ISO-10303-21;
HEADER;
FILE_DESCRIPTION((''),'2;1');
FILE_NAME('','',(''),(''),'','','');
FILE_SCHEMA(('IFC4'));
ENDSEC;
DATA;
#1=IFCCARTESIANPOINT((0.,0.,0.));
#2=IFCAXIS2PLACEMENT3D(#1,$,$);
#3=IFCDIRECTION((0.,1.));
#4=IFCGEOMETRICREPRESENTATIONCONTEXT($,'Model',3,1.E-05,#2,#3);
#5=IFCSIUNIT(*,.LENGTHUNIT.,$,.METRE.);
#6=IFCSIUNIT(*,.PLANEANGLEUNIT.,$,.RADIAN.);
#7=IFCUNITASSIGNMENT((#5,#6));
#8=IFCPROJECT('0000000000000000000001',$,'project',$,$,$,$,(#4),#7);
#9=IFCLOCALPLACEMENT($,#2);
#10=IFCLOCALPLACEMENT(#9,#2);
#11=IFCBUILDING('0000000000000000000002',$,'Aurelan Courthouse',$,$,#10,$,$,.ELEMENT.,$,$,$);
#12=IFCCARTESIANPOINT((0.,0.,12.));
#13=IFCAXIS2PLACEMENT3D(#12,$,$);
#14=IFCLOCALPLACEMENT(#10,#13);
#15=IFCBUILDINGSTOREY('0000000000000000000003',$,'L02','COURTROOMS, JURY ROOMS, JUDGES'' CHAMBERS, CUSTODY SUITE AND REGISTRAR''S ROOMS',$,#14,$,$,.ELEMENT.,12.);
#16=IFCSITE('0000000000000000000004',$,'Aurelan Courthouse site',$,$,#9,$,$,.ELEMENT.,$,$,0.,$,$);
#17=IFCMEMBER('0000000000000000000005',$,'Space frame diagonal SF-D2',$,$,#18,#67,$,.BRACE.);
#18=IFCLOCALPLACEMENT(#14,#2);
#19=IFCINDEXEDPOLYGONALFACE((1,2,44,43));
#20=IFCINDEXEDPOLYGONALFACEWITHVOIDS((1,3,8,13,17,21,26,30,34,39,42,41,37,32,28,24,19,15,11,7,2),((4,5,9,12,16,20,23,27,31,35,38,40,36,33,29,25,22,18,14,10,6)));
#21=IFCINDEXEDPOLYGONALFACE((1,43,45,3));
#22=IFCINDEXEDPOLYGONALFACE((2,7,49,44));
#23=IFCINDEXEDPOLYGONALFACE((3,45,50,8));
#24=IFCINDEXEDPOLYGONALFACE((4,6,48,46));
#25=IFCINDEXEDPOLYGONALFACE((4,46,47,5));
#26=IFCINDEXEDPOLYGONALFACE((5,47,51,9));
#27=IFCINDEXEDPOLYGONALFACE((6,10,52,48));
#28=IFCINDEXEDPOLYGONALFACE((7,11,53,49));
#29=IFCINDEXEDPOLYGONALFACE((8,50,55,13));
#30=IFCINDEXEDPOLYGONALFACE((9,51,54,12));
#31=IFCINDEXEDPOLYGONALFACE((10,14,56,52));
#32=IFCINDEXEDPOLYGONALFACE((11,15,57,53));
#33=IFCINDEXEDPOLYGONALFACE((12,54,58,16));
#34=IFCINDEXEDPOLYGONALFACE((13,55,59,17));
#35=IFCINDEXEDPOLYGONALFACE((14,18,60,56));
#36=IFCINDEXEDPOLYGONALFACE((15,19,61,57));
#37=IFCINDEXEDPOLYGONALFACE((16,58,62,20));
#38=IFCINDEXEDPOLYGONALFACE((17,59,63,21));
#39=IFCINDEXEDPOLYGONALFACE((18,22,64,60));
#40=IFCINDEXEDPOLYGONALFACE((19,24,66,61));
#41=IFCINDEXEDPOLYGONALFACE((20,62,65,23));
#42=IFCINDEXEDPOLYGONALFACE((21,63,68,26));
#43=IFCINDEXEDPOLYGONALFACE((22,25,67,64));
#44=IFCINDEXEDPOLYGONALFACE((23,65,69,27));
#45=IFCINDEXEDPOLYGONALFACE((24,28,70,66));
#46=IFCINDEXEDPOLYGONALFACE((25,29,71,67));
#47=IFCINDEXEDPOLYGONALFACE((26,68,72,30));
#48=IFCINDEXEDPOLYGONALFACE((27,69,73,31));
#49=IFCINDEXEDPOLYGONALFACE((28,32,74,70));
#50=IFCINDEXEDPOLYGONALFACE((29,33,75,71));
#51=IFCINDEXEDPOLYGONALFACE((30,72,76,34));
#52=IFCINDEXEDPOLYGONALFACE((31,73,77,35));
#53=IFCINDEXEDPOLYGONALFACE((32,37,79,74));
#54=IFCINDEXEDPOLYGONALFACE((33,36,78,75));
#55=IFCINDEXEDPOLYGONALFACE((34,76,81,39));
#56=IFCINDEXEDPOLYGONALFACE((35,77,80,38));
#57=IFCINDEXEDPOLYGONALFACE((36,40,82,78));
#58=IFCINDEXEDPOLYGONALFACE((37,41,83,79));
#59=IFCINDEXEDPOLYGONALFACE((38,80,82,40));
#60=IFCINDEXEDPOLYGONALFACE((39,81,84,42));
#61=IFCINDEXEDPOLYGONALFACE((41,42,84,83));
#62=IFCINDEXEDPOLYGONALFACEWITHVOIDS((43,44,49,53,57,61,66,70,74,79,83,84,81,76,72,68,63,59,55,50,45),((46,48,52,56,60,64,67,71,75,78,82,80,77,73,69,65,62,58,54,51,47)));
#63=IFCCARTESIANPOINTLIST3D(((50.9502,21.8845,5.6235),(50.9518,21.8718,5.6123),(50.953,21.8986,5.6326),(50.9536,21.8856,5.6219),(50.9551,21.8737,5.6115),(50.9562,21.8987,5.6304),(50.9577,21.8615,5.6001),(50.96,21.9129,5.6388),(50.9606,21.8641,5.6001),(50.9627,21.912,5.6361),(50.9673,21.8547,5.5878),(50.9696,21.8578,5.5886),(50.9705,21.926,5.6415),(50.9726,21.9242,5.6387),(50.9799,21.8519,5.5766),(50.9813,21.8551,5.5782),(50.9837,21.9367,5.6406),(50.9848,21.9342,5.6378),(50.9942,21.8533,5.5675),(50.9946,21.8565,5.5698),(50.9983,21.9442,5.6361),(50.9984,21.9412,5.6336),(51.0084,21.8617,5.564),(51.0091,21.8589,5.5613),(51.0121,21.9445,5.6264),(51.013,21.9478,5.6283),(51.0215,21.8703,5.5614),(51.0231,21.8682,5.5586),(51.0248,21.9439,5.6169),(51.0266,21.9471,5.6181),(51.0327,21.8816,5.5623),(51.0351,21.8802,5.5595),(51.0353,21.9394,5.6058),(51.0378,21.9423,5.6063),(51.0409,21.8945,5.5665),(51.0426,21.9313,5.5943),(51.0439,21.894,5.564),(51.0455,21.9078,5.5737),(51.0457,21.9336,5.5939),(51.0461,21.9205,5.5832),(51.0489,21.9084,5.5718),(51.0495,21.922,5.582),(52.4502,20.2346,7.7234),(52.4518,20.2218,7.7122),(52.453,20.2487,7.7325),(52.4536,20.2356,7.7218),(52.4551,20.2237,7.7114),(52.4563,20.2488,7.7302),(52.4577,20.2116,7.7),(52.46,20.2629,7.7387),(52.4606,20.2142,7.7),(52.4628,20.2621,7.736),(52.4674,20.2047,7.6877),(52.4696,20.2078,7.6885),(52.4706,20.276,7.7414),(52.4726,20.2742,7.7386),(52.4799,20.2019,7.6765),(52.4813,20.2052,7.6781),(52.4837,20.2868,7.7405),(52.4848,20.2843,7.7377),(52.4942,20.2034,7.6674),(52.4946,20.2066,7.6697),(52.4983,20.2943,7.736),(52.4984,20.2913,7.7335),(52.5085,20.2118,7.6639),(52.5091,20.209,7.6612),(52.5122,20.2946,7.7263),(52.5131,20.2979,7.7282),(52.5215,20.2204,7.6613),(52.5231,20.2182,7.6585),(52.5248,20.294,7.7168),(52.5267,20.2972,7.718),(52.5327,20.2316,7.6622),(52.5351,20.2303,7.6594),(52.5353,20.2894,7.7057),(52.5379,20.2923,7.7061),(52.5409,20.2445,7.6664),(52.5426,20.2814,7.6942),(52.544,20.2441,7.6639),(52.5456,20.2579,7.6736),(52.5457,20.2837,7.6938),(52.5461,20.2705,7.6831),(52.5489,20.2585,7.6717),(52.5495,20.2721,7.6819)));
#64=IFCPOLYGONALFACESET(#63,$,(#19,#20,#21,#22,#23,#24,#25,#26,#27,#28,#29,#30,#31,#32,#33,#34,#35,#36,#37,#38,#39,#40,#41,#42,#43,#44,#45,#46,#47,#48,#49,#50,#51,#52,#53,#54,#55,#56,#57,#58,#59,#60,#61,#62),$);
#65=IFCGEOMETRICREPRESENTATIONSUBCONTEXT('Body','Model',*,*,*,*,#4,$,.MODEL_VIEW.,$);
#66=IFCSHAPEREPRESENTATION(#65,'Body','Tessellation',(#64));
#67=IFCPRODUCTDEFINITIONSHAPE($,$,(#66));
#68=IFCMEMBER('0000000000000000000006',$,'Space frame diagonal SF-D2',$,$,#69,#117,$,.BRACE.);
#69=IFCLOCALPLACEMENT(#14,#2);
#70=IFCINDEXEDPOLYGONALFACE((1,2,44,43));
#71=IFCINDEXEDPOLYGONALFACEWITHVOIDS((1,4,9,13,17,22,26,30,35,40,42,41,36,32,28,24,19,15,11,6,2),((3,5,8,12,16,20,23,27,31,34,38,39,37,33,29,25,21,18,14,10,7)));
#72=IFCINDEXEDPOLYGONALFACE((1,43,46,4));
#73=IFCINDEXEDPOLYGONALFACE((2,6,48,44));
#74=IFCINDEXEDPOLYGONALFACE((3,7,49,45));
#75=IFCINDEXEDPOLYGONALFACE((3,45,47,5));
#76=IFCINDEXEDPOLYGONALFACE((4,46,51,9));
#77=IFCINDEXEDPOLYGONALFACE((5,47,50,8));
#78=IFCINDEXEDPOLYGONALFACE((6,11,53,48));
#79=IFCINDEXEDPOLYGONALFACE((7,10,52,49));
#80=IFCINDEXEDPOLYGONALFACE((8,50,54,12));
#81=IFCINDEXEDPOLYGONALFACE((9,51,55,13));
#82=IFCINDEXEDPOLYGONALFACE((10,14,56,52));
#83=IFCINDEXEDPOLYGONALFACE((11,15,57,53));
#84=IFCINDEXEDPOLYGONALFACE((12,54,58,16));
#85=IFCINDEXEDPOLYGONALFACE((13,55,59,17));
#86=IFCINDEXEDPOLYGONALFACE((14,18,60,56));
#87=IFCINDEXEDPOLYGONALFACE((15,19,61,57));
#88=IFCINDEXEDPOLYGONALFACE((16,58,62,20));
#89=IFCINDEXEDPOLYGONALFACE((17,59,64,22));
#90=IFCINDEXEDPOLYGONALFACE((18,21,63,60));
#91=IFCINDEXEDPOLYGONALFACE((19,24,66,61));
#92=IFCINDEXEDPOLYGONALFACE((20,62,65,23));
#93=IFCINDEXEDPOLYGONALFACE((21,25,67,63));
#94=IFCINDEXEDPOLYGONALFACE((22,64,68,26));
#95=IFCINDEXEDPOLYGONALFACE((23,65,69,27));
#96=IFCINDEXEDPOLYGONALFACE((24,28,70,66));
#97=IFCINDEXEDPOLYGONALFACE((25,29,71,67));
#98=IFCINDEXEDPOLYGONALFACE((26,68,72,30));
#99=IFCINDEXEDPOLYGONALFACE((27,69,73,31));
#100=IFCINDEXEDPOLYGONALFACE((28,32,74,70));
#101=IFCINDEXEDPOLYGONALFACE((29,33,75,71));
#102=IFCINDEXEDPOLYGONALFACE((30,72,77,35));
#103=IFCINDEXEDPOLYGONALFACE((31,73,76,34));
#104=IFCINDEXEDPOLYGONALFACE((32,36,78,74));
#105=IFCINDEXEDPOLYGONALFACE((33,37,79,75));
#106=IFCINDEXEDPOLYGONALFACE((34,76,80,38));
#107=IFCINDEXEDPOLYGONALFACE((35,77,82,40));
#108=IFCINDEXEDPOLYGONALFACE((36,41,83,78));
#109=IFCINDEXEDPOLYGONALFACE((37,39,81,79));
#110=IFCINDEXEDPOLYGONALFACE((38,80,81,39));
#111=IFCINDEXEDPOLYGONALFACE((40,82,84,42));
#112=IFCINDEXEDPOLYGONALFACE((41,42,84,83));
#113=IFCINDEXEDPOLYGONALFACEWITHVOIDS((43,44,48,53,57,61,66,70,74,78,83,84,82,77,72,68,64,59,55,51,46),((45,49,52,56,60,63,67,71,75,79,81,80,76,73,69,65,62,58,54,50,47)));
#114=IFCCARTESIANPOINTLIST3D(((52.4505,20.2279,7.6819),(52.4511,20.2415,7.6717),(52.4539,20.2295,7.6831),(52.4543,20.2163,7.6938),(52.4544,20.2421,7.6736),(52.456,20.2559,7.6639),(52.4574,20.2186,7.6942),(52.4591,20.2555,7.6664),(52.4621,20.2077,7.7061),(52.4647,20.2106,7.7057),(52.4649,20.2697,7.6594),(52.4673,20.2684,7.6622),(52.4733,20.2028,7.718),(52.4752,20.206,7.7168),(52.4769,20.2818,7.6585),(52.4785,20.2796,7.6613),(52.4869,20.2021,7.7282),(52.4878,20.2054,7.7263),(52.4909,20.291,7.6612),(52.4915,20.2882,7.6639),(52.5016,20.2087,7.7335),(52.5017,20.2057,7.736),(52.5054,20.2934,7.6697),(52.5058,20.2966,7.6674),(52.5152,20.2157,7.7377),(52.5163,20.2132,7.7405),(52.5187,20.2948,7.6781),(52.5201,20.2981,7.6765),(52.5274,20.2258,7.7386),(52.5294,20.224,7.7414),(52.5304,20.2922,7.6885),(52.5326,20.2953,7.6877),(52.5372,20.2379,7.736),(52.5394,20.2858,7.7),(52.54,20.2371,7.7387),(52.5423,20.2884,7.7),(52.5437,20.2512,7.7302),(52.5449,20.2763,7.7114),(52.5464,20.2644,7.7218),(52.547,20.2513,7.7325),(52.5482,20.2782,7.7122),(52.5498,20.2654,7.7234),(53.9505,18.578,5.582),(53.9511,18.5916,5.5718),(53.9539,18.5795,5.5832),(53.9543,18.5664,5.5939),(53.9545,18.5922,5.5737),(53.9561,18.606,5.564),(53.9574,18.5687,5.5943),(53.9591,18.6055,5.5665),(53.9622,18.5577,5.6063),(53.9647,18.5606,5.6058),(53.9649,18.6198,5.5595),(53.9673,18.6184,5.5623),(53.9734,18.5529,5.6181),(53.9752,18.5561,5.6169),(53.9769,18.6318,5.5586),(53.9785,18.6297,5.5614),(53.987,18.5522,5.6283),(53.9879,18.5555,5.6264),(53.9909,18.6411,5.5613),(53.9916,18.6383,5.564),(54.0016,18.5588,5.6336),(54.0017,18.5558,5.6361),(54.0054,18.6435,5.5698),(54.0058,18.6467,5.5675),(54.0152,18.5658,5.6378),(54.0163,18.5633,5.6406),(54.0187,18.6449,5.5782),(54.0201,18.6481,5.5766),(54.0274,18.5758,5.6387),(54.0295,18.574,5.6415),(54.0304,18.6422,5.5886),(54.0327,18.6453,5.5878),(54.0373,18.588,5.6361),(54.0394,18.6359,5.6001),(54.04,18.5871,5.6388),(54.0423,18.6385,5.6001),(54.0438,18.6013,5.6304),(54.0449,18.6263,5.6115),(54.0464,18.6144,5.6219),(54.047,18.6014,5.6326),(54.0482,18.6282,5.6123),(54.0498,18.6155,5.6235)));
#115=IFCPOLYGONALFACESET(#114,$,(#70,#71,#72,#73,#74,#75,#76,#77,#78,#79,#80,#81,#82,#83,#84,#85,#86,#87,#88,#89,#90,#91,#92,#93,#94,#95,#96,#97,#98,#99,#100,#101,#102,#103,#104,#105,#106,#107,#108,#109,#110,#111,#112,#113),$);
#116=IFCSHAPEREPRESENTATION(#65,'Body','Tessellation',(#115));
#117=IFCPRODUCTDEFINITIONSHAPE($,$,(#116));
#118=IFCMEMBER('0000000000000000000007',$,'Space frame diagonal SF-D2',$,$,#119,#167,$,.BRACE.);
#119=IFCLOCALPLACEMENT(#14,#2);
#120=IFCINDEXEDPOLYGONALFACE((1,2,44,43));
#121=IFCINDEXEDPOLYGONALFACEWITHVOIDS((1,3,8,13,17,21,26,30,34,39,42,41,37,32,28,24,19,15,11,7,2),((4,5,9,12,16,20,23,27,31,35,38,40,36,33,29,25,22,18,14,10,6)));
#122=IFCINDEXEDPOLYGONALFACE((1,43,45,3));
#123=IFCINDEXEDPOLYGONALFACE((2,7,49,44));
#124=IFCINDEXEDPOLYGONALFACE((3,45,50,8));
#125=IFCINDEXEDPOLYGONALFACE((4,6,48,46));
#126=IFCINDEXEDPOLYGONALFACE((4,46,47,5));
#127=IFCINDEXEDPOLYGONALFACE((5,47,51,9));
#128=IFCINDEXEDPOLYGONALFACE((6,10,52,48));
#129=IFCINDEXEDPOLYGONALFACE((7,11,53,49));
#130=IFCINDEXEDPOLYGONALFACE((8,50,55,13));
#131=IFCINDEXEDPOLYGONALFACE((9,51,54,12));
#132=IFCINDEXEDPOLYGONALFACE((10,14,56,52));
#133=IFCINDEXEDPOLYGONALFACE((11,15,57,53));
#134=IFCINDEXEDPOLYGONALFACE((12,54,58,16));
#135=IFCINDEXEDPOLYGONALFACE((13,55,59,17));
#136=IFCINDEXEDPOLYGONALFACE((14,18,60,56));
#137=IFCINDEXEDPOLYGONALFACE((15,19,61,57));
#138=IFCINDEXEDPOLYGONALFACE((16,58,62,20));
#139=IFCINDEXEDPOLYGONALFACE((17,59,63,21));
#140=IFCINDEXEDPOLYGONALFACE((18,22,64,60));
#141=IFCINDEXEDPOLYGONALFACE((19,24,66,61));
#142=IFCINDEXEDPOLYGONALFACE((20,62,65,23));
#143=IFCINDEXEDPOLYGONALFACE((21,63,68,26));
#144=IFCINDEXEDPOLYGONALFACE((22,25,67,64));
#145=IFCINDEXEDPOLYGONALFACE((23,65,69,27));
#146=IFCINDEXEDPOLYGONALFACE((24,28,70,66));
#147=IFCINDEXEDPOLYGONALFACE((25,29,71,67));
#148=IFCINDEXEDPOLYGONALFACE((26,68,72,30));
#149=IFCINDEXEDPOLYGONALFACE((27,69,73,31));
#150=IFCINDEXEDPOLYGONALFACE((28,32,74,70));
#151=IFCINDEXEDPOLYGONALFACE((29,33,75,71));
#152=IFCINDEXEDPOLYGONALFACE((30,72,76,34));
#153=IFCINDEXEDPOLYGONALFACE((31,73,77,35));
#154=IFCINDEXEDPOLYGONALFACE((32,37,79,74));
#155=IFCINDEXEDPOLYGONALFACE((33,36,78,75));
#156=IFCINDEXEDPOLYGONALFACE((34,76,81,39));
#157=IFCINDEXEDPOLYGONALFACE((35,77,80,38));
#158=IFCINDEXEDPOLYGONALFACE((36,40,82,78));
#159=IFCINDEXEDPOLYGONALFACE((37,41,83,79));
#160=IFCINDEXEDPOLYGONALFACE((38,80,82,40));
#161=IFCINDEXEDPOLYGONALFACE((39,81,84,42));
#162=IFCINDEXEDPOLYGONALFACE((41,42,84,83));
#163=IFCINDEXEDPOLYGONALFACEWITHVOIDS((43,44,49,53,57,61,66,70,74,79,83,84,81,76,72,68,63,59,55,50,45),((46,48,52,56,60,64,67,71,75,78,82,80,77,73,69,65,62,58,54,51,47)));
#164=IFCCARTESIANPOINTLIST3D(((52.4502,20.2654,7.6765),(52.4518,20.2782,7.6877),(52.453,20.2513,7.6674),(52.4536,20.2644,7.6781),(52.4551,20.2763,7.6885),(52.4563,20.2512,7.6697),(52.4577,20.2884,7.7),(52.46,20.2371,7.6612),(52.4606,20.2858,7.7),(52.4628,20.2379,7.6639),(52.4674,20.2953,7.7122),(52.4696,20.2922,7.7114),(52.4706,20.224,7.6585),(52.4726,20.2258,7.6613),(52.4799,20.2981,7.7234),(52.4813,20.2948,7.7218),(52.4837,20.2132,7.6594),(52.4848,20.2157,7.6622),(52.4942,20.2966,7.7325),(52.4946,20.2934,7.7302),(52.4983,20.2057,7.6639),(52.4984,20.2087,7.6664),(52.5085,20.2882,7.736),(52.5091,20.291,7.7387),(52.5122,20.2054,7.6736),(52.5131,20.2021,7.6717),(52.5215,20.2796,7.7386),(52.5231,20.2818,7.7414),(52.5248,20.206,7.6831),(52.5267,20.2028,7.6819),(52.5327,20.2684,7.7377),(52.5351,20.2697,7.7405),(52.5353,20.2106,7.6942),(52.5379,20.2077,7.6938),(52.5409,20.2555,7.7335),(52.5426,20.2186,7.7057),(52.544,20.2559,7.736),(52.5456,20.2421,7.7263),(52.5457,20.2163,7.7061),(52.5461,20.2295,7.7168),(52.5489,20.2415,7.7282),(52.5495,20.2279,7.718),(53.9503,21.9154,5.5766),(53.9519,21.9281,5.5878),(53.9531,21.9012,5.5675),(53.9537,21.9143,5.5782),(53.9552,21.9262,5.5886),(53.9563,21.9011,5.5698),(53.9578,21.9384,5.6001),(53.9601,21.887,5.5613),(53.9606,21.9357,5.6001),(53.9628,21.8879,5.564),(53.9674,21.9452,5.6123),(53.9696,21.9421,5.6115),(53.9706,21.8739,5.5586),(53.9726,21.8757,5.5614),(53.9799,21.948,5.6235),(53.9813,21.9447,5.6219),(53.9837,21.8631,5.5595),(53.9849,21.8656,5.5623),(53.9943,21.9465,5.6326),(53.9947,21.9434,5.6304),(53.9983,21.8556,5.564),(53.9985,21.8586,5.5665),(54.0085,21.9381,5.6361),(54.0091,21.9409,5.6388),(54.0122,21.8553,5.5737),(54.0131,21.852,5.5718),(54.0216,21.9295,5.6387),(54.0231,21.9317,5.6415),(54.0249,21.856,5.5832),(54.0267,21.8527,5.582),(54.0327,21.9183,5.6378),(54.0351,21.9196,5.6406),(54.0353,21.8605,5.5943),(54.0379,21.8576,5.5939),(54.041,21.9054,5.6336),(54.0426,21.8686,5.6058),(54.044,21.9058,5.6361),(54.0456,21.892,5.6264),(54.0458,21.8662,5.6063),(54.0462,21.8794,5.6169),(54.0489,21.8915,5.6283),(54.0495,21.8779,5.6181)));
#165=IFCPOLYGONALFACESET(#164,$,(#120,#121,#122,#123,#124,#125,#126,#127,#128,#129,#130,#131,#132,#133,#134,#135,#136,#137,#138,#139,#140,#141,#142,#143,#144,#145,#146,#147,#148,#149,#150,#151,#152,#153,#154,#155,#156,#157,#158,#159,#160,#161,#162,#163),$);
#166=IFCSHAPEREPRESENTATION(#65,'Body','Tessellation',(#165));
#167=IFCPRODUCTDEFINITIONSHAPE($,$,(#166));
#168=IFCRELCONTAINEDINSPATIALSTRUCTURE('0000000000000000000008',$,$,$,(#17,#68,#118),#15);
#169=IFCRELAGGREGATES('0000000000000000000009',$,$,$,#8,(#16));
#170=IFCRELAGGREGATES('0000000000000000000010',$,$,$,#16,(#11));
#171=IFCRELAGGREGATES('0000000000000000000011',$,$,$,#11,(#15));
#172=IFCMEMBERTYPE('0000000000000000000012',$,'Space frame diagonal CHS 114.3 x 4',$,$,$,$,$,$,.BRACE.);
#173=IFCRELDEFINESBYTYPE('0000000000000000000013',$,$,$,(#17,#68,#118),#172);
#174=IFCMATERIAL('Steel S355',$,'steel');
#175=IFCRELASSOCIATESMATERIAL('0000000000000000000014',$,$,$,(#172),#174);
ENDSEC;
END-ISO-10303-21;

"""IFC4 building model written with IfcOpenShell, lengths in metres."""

from ifc_helpers import new_model, si_unit, direction, frame, origin, origin_2d, place, context, subcontext, project, spatial, hollow_circle, extrude, material, material_profile, profile_set, type_object, element, save


model = new_model("IFC4")

# Units and contexts
model_context = context("Model", 3, precision=1e-05, world=origin(), true_north=direction((0.0, 1.0)))
body_context = subcontext(model_context, "Body", "Model", "MODEL_VIEW")
ifc_project = project(units=[si_unit("LENGTHUNIT", "METRE"), si_unit("PLANEANGLEUNIT", "RADIAN")], contexts=[model_context])

# Site, building, storey
site_placement = place(None, origin())
site = spatial("IfcSite", under=ifc_project, at=site_placement, Name="Aurelan Courthouse site", CompositionType="ELEMENT", RefElevation=0.0)
building_placement = place(site_placement, origin())
building = spatial("IfcBuilding", under=site, at=building_placement, Name="Aurelan Courthouse", CompositionType="ELEMENT")
storey_placement = place(building_placement, frame((0.0, 0.0, 12.0)))
storey = spatial("IfcBuildingStorey", under=building, at=storey_placement, Name="L02", Description="COURTROOMS, JURY ROOMS, JUDGES' CHAMBERS, CUSTODY SUITE AND REGISTRAR'S ROOMS", CompositionType="ELEMENT", Elevation=12.0)

# Members
ifc_material_1 = material(Name="Steel S355", Category="steel")
ifc_material_profile_1 = material_profile(ifc_material_1, hollow_circle(Radius=0.0571, WallThickness=0.0039, at=origin_2d()), Name="CHS 114.3 x 4")
ifc_profile_set_1 = profile_set([ifc_material_profile_1], Name="Steel S355")
member_type_1 = type_object("IfcMemberType", Name="Space frame diagonal CHS 114.3 x 4", PredefinedType="BRACE", material=ifc_profile_set_1)
for number, where, z_axis, x_axis, name in (
    (1, (52.5, 20.25, 7.7), (-0.489727, 0.538667, -0.685569), (-0.73992, -0.672695, 0.0), "Space frame diagonal SF-D2"),
    (2, (52.5, 20.25, 7.7), (0.489727, -0.538667, -0.685569), (0.73992, 0.672695, 0.0), "Space frame diagonal SF-D2"),
    (3, (52.5, 20.25, 7.7), (0.489727, 0.538667, -0.685569), (-0.73992, 0.672695, 0.0), "Space frame diagonal SF-D2"),
):
    element("IfcMember", number, at=place(storey_placement, frame(where, z_axis=z_axis, x_axis=x_axis)), inside=storey, type_object=member_type_1, Name=name, PredefinedType="BRACE", context=body_context, shape_type="SweptSolid", body=[
        extrude(hollow_circle(Radius=0.0571, WallThickness=0.0039, at=origin_2d()), origin(), (0.0, 0.0, 1.0), 3.063),
    ])

save(model, "model.ifc")
